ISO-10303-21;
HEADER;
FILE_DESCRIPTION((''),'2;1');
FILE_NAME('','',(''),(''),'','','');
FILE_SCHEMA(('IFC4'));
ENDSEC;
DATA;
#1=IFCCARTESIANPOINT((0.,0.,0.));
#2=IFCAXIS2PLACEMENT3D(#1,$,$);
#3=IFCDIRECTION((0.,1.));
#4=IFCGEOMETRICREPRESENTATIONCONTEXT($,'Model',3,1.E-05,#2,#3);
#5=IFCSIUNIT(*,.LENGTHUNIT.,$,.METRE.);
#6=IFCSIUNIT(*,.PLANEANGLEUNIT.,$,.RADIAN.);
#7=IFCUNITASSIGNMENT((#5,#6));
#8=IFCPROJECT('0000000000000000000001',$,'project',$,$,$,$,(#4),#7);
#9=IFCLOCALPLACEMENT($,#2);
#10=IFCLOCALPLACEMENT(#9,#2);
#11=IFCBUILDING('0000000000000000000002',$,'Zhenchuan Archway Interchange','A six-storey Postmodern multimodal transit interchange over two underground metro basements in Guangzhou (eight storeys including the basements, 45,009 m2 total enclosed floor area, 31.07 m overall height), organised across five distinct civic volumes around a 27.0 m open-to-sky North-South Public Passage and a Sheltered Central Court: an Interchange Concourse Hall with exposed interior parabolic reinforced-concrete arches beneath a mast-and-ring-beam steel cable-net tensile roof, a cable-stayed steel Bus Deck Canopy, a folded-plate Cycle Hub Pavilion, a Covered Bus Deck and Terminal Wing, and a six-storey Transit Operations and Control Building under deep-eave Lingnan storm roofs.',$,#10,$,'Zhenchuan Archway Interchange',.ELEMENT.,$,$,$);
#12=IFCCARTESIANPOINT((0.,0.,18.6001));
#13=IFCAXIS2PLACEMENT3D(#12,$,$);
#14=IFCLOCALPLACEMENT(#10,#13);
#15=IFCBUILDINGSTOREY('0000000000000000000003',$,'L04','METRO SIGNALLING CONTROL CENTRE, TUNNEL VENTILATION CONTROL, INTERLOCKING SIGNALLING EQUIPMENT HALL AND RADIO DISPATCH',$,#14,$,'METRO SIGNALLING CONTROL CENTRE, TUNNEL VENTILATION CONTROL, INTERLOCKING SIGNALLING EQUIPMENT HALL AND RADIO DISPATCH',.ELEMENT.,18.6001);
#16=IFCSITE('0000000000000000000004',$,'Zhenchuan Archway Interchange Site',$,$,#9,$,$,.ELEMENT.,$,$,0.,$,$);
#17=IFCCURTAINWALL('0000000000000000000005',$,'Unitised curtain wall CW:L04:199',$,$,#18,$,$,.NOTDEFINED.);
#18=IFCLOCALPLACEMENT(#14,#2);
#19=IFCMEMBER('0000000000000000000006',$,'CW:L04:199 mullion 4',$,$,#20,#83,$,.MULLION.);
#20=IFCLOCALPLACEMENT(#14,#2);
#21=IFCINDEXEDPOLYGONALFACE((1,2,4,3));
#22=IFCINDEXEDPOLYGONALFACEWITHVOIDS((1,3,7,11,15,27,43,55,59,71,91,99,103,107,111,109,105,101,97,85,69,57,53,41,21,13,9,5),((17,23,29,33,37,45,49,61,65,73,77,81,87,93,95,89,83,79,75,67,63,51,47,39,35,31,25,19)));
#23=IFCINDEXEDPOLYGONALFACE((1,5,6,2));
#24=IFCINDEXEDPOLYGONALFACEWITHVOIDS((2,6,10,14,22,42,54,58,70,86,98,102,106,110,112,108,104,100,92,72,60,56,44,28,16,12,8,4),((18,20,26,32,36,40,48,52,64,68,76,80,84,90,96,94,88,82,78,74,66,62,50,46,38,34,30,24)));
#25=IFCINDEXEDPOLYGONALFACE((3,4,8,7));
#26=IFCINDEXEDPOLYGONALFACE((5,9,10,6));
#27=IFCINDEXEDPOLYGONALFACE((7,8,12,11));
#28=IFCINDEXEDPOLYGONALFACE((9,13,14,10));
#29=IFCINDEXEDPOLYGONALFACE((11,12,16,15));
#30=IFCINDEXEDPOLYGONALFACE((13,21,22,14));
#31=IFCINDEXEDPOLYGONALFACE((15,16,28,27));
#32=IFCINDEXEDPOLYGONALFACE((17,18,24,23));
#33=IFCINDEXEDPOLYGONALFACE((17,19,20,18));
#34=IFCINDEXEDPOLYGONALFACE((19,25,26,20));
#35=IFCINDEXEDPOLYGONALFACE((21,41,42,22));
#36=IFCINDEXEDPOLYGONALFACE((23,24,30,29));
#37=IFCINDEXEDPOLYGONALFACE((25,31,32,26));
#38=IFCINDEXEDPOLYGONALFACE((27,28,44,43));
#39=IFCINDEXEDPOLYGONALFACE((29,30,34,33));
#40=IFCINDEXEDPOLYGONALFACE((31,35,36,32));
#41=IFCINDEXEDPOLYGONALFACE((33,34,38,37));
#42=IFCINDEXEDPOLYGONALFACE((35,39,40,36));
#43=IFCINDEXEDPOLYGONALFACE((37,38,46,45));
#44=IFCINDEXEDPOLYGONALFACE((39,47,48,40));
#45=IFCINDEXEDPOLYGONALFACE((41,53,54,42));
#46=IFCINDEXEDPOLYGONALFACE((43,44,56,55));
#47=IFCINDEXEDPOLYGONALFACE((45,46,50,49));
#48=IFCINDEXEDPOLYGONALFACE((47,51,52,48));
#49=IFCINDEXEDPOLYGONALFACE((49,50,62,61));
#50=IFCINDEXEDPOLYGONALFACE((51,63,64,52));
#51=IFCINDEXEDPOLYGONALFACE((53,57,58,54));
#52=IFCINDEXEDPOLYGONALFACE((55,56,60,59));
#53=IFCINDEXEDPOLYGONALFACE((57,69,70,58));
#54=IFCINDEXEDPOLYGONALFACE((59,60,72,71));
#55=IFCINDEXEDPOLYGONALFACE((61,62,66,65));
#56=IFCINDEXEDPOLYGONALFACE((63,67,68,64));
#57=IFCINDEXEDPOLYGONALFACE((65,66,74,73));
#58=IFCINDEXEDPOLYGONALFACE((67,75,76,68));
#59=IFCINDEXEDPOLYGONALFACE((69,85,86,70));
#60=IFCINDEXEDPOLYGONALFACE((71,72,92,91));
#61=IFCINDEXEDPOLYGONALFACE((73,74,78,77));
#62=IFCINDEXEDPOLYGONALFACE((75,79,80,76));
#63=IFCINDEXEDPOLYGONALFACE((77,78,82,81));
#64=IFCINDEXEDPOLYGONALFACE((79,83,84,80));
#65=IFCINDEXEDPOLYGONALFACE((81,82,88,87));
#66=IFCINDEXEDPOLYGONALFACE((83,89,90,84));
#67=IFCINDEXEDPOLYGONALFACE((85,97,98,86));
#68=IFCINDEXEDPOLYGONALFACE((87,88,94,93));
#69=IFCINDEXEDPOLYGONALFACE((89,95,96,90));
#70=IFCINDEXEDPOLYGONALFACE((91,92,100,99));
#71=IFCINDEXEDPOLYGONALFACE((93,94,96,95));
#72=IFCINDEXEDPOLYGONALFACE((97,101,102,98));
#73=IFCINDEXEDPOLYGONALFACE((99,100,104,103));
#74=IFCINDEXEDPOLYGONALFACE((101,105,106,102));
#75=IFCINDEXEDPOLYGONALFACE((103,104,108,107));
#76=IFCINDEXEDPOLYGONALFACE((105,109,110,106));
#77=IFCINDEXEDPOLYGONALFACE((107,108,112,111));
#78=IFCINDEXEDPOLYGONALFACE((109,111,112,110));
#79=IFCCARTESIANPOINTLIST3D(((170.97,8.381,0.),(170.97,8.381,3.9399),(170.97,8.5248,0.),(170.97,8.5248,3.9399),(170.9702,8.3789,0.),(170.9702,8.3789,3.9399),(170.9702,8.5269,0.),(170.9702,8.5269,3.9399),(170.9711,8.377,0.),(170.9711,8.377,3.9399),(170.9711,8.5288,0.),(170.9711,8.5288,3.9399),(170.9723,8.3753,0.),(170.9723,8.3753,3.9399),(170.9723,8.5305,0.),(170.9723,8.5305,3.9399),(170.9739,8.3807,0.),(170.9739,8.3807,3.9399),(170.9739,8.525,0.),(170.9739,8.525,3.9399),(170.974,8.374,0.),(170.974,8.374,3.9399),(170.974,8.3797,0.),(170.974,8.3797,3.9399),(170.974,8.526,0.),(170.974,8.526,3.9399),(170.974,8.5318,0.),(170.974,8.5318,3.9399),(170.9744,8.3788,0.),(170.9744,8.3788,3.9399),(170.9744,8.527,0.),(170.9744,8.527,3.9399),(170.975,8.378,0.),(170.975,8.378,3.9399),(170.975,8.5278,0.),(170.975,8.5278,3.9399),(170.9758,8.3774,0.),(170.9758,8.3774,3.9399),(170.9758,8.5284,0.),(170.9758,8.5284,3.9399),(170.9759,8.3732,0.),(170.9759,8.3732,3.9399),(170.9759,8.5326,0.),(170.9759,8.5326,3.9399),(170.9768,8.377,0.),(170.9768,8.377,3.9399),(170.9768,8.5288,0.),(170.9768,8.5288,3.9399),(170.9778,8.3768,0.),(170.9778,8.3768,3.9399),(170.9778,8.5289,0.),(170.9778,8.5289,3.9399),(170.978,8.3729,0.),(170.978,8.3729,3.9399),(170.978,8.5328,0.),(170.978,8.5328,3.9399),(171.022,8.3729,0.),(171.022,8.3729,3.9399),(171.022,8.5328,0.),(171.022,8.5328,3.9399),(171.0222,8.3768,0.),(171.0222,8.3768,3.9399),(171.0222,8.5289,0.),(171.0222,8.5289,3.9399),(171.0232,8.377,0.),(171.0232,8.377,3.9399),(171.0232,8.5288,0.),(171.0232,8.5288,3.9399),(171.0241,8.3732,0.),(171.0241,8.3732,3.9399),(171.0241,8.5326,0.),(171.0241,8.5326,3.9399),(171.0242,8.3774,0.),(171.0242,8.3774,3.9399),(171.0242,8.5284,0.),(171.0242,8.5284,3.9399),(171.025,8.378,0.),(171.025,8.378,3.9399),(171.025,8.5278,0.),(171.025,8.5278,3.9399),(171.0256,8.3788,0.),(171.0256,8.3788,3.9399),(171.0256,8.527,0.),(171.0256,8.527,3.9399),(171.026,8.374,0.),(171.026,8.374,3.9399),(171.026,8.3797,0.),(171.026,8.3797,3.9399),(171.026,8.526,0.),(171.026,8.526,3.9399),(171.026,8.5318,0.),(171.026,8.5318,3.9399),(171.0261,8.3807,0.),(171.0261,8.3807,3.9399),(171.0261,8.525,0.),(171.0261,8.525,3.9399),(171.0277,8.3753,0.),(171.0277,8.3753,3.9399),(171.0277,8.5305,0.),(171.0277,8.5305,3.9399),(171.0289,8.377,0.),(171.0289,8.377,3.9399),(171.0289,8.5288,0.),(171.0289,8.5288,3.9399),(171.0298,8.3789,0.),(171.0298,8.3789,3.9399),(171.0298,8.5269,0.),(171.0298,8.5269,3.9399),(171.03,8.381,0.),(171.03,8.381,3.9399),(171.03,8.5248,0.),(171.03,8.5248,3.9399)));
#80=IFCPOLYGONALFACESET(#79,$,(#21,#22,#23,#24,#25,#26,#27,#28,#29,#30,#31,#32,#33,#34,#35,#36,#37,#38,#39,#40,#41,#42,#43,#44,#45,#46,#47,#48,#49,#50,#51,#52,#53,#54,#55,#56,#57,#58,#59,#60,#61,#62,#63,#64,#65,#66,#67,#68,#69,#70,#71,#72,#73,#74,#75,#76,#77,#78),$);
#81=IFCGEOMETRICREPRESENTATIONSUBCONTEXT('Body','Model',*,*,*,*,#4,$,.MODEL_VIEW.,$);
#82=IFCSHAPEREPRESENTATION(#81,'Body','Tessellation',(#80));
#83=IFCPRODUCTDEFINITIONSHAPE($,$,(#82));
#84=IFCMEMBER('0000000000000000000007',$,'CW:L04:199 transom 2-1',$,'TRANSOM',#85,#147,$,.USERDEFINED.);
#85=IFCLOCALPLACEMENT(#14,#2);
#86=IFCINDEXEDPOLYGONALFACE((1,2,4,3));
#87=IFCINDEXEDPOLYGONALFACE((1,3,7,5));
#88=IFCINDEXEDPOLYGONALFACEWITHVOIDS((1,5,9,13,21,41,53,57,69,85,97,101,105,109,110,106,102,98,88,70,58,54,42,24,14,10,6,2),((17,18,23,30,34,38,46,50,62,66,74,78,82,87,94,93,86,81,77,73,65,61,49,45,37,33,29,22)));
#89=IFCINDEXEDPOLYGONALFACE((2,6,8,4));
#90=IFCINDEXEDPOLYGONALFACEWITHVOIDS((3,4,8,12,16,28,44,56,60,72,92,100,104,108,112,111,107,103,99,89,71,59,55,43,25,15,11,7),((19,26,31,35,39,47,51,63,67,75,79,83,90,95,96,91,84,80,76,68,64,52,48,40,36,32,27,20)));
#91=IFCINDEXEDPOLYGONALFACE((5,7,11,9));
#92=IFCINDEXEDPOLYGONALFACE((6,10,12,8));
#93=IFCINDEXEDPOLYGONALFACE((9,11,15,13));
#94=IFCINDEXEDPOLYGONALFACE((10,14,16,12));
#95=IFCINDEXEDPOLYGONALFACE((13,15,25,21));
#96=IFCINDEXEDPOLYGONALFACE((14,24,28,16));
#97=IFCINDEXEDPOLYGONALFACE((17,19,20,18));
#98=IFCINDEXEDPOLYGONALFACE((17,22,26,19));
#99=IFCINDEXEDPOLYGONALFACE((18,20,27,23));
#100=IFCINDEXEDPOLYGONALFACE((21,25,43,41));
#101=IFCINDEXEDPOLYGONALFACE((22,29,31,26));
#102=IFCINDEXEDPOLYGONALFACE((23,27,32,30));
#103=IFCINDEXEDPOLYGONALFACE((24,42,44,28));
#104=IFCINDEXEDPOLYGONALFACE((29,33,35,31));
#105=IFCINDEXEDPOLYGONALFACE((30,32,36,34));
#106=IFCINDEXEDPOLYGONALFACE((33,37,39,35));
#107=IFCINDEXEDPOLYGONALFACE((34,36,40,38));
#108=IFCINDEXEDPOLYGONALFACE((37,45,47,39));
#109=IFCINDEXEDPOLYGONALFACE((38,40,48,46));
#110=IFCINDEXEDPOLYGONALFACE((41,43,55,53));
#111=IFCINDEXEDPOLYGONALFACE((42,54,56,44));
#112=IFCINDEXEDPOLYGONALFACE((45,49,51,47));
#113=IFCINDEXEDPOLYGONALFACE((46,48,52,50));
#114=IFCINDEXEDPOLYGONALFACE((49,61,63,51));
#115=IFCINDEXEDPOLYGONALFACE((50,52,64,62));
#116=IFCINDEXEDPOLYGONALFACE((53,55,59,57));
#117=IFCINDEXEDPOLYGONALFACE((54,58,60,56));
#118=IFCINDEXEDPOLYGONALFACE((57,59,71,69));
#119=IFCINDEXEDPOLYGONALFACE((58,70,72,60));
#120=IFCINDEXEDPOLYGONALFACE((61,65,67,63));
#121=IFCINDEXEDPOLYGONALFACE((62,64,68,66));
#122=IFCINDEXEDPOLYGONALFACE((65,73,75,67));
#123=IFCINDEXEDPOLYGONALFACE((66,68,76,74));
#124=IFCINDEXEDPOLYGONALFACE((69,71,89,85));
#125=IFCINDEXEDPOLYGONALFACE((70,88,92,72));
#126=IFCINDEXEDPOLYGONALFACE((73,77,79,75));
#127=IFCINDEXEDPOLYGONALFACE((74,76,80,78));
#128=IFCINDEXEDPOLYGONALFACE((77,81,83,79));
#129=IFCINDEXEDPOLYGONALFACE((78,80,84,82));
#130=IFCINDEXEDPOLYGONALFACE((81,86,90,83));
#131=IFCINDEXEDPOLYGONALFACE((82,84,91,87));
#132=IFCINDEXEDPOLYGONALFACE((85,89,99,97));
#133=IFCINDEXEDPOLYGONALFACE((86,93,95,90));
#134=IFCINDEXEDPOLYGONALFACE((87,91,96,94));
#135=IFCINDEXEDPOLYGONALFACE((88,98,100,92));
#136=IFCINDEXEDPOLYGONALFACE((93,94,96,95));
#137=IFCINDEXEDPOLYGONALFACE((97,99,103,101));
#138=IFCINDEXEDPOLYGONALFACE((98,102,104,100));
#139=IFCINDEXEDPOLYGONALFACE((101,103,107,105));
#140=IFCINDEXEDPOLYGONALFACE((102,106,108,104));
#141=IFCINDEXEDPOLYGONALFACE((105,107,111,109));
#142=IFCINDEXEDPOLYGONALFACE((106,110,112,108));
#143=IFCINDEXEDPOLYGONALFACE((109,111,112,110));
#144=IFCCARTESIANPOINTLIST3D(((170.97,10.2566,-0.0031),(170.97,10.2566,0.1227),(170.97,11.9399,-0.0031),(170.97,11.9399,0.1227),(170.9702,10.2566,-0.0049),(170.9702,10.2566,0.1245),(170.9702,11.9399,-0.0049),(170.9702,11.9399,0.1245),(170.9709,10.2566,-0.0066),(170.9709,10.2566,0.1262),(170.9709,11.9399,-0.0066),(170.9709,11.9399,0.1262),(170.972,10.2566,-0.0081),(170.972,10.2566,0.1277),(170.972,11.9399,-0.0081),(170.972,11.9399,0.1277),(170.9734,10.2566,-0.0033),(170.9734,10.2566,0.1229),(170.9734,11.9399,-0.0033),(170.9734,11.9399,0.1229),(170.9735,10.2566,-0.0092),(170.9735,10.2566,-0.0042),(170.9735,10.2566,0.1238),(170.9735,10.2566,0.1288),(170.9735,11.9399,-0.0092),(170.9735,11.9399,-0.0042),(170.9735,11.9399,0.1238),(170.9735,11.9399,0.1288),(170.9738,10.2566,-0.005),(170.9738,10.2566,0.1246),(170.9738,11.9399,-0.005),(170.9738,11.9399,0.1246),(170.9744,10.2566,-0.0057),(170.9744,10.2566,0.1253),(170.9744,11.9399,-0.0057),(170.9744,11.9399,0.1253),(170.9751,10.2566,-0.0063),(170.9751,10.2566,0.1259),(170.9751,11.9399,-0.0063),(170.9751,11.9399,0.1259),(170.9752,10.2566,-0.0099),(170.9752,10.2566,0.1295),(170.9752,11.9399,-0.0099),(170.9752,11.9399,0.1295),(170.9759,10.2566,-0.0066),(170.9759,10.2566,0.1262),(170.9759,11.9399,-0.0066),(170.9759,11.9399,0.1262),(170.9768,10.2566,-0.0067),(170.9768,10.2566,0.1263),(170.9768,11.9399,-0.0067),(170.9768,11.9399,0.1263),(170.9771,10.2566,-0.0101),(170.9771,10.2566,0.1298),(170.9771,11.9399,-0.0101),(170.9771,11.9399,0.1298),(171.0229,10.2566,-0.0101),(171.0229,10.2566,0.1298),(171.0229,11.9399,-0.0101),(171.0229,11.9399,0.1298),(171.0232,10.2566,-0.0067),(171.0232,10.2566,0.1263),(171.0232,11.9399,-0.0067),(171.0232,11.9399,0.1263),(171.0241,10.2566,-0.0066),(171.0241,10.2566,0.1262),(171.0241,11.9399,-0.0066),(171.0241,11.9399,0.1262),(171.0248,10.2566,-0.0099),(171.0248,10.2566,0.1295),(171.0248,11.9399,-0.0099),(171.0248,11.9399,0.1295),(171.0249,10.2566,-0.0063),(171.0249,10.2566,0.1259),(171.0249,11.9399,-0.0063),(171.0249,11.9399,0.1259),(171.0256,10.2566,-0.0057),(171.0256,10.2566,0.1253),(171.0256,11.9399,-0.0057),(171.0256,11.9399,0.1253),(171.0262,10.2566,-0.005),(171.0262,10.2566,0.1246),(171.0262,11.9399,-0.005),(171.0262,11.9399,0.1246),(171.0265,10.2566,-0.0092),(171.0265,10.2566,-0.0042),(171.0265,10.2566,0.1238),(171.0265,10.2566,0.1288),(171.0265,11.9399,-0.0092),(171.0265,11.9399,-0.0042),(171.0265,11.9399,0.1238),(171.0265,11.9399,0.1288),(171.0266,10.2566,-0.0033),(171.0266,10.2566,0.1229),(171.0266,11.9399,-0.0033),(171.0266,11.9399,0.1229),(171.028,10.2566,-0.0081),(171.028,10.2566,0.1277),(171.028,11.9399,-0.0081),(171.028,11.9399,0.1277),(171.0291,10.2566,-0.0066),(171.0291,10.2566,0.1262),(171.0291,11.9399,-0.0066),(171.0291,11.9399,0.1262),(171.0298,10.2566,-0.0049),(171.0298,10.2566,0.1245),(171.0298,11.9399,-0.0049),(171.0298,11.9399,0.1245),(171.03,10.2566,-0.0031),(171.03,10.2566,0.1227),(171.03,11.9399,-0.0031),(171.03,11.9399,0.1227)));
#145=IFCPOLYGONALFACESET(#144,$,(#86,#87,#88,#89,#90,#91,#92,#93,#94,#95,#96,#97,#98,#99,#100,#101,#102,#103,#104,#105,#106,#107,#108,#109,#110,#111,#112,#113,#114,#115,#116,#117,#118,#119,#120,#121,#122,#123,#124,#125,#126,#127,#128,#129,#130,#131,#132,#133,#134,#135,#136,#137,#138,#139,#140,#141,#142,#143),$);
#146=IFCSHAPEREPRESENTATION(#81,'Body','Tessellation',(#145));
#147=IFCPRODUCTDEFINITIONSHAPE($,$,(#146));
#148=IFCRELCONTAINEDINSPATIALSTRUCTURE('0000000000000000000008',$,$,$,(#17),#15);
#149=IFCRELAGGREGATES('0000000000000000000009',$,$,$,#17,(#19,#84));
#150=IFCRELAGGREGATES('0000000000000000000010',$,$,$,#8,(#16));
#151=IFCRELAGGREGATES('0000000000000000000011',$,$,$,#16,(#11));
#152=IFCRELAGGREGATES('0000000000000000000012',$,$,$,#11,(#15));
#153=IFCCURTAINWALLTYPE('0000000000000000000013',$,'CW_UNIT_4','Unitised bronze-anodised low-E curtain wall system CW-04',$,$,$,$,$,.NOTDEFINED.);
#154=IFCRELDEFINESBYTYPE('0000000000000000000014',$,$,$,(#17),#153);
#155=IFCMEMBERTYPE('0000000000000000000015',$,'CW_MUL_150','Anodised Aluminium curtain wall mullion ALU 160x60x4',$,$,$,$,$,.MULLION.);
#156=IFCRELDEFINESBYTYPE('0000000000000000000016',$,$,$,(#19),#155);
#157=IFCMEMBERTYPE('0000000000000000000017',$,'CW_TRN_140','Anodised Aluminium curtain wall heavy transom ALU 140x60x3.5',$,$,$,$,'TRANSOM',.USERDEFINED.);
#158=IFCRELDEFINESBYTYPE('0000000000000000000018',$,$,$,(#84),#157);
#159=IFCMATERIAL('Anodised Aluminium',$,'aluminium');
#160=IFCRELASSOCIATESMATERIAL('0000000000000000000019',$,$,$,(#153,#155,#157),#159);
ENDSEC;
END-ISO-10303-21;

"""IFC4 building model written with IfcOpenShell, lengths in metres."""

from ifc_helpers import new_model, si_unit, direction, frame, origin, origin_2d, place, context, subcontext, project, spatial, hollow_rectangle, extrude, material, material_profile, profile_set, type_object, element, aggregate, save


model = new_model("IFC4")

# Units and contexts
model_context = context("Model", 3, precision=1e-05, world=origin(), true_north=direction((0.0, 1.0)))
body_context = subcontext(model_context, "Body", "Model", "MODEL_VIEW")
ifc_project = project(units=[si_unit("LENGTHUNIT", "METRE"), si_unit("PLANEANGLEUNIT", "RADIAN")], contexts=[model_context])

# Site, building, storey
site_placement = place(None, origin())
site = spatial("IfcSite", under=ifc_project, at=site_placement, Name="Zhenchuan Archway Interchange Site", CompositionType="ELEMENT", RefElevation=0.0)
building_placement = place(site_placement, origin())
building = spatial("IfcBuilding", under=site, at=building_placement, Name="Zhenchuan Archway Interchange", Description="A six-storey Postmodern multimodal transit interchange over two underground metro basements in Guangzhou (eight storeys including the basements, 45,009 m2 total enclosed floor area, 31.07 m overall height), organised across five distinct civic volumes around a 27.0 m open-to-sky North-South Public Passage and a Sheltered Central Court: an Interchange Concourse Hall with exposed interior parabolic reinforced-concrete arches beneath a mast-and-ring-beam steel cable-net tensile roof, a cable-stayed steel Bus Deck Canopy, a folded-plate Cycle Hub Pavilion, a Covered Bus Deck and Terminal Wing, and a six-storey Transit Operations and Control Building under deep-eave Lingnan storm roofs.", LongName="Zhenchuan Archway Interchange", CompositionType="ELEMENT")
storey_placement = place(building_placement, frame((0.0, 0.0, 18.6001)))
storey = spatial("IfcBuildingStorey", under=building, at=storey_placement, Name="L04", Description="METRO SIGNALLING CONTROL CENTRE, TUNNEL VENTILATION CONTROL, INTERLOCKING SIGNALLING EQUIPMENT HALL AND RADIO DISPATCH", LongName="METRO SIGNALLING CONTROL CENTRE, TUNNEL VENTILATION CONTROL, INTERLOCKING SIGNALLING EQUIPMENT HALL AND RADIO DISPATCH", CompositionType="ELEMENT", Elevation=18.6001)

# Curtain wall, members
ifc_material_1 = material(Name="Anodised Aluminium", Category="aluminium")
curtain_wall_type = type_object("IfcCurtainWallType", Name="CW_UNIT_4", Description="Unitised bronze-anodised low-E curtain wall system CW-04", PredefinedType="NOTDEFINED", material=ifc_material_1)
curtain_wall_placement = place(storey_placement, origin())
curtain_wall = element("IfcCurtainWall", 1, at=curtain_wall_placement, inside=storey, type_object=curtain_wall_type, Name="Unitised curtain wall CW:L04:199", PredefinedType="NOTDEFINED")
ifc_material_profile_1 = material_profile(ifc_material_1, hollow_rectangle(XDim=0.0601, YDim=0.1599, WallThickness=0.0039, InnerFilletRadius=0.0039, OuterFilletRadius=0.0081, at=origin_2d()), Name="ALU 160x60x4")
ifc_profile_set_1 = profile_set([ifc_material_profile_1], Name="Anodised Aluminium")
member_type_1 = type_object("IfcMemberType", Name="CW_MUL_150", Description="Anodised Aluminium curtain wall mullion ALU 160x60x4", PredefinedType="MULLION", material=ifc_profile_set_1)
member_1_placement = place(storey_placement, frame((171.0, 8.4529, 0.0), z_axis=(0.0, 0.0, 1.0), x_axis=(1.0, 0.0, 0.0)))
member_1 = element("IfcMember", 2, at=member_1_placement, type_object=member_type_1, Name="CW:L04:199 mullion 4", PredefinedType="MULLION", context=body_context, shape_type="SweptSolid", body=[
    extrude(hollow_rectangle(XDim=0.0601, YDim=0.1599, WallThickness=0.0039, InnerFilletRadius=0.0039, OuterFilletRadius=0.0081, at=origin_2d()), origin(), (0.0, 0.0, 1.0), 3.9399),
])
ifc_material_profile_2 = material_profile(ifc_material_1, hollow_rectangle(XDim=0.0601, YDim=0.1399, WallThickness=0.0034, InnerFilletRadius=0.0034, OuterFilletRadius=0.0071, at=origin_2d()), Name="ALU 140x60x3.5")
ifc_profile_set_2 = profile_set([ifc_material_profile_2], Name="Anodised Aluminium")
member_type_2 = type_object("IfcMemberType", Name="CW_TRN_140", Description="Anodised Aluminium curtain wall heavy transom ALU 140x60x3.5", ElementType="TRANSOM", PredefinedType="USERDEFINED", material=ifc_profile_set_2)
member_2_placement = place(storey_placement, frame((171.0, 11.9399, 0.0598), z_axis=(0.0, -1.0, 0.0), x_axis=(1.0, 0.0, 0.0)))
member_2 = element("IfcMember", 3, at=member_2_placement, type_object=member_type_2, Name="CW:L04:199 transom 2-1", ObjectType="TRANSOM", PredefinedType="USERDEFINED", context=body_context, shape_type="SweptSolid", body=[
    extrude(hollow_rectangle(XDim=0.0601, YDim=0.1399, WallThickness=0.0034, InnerFilletRadius=0.0034, OuterFilletRadius=0.0071, at=origin_2d()), origin(), (0.0, 0.0, 1.0), 1.6833),
])

aggregate(curtain_wall, [member_1, member_2])

save(model, "model.ifc")
